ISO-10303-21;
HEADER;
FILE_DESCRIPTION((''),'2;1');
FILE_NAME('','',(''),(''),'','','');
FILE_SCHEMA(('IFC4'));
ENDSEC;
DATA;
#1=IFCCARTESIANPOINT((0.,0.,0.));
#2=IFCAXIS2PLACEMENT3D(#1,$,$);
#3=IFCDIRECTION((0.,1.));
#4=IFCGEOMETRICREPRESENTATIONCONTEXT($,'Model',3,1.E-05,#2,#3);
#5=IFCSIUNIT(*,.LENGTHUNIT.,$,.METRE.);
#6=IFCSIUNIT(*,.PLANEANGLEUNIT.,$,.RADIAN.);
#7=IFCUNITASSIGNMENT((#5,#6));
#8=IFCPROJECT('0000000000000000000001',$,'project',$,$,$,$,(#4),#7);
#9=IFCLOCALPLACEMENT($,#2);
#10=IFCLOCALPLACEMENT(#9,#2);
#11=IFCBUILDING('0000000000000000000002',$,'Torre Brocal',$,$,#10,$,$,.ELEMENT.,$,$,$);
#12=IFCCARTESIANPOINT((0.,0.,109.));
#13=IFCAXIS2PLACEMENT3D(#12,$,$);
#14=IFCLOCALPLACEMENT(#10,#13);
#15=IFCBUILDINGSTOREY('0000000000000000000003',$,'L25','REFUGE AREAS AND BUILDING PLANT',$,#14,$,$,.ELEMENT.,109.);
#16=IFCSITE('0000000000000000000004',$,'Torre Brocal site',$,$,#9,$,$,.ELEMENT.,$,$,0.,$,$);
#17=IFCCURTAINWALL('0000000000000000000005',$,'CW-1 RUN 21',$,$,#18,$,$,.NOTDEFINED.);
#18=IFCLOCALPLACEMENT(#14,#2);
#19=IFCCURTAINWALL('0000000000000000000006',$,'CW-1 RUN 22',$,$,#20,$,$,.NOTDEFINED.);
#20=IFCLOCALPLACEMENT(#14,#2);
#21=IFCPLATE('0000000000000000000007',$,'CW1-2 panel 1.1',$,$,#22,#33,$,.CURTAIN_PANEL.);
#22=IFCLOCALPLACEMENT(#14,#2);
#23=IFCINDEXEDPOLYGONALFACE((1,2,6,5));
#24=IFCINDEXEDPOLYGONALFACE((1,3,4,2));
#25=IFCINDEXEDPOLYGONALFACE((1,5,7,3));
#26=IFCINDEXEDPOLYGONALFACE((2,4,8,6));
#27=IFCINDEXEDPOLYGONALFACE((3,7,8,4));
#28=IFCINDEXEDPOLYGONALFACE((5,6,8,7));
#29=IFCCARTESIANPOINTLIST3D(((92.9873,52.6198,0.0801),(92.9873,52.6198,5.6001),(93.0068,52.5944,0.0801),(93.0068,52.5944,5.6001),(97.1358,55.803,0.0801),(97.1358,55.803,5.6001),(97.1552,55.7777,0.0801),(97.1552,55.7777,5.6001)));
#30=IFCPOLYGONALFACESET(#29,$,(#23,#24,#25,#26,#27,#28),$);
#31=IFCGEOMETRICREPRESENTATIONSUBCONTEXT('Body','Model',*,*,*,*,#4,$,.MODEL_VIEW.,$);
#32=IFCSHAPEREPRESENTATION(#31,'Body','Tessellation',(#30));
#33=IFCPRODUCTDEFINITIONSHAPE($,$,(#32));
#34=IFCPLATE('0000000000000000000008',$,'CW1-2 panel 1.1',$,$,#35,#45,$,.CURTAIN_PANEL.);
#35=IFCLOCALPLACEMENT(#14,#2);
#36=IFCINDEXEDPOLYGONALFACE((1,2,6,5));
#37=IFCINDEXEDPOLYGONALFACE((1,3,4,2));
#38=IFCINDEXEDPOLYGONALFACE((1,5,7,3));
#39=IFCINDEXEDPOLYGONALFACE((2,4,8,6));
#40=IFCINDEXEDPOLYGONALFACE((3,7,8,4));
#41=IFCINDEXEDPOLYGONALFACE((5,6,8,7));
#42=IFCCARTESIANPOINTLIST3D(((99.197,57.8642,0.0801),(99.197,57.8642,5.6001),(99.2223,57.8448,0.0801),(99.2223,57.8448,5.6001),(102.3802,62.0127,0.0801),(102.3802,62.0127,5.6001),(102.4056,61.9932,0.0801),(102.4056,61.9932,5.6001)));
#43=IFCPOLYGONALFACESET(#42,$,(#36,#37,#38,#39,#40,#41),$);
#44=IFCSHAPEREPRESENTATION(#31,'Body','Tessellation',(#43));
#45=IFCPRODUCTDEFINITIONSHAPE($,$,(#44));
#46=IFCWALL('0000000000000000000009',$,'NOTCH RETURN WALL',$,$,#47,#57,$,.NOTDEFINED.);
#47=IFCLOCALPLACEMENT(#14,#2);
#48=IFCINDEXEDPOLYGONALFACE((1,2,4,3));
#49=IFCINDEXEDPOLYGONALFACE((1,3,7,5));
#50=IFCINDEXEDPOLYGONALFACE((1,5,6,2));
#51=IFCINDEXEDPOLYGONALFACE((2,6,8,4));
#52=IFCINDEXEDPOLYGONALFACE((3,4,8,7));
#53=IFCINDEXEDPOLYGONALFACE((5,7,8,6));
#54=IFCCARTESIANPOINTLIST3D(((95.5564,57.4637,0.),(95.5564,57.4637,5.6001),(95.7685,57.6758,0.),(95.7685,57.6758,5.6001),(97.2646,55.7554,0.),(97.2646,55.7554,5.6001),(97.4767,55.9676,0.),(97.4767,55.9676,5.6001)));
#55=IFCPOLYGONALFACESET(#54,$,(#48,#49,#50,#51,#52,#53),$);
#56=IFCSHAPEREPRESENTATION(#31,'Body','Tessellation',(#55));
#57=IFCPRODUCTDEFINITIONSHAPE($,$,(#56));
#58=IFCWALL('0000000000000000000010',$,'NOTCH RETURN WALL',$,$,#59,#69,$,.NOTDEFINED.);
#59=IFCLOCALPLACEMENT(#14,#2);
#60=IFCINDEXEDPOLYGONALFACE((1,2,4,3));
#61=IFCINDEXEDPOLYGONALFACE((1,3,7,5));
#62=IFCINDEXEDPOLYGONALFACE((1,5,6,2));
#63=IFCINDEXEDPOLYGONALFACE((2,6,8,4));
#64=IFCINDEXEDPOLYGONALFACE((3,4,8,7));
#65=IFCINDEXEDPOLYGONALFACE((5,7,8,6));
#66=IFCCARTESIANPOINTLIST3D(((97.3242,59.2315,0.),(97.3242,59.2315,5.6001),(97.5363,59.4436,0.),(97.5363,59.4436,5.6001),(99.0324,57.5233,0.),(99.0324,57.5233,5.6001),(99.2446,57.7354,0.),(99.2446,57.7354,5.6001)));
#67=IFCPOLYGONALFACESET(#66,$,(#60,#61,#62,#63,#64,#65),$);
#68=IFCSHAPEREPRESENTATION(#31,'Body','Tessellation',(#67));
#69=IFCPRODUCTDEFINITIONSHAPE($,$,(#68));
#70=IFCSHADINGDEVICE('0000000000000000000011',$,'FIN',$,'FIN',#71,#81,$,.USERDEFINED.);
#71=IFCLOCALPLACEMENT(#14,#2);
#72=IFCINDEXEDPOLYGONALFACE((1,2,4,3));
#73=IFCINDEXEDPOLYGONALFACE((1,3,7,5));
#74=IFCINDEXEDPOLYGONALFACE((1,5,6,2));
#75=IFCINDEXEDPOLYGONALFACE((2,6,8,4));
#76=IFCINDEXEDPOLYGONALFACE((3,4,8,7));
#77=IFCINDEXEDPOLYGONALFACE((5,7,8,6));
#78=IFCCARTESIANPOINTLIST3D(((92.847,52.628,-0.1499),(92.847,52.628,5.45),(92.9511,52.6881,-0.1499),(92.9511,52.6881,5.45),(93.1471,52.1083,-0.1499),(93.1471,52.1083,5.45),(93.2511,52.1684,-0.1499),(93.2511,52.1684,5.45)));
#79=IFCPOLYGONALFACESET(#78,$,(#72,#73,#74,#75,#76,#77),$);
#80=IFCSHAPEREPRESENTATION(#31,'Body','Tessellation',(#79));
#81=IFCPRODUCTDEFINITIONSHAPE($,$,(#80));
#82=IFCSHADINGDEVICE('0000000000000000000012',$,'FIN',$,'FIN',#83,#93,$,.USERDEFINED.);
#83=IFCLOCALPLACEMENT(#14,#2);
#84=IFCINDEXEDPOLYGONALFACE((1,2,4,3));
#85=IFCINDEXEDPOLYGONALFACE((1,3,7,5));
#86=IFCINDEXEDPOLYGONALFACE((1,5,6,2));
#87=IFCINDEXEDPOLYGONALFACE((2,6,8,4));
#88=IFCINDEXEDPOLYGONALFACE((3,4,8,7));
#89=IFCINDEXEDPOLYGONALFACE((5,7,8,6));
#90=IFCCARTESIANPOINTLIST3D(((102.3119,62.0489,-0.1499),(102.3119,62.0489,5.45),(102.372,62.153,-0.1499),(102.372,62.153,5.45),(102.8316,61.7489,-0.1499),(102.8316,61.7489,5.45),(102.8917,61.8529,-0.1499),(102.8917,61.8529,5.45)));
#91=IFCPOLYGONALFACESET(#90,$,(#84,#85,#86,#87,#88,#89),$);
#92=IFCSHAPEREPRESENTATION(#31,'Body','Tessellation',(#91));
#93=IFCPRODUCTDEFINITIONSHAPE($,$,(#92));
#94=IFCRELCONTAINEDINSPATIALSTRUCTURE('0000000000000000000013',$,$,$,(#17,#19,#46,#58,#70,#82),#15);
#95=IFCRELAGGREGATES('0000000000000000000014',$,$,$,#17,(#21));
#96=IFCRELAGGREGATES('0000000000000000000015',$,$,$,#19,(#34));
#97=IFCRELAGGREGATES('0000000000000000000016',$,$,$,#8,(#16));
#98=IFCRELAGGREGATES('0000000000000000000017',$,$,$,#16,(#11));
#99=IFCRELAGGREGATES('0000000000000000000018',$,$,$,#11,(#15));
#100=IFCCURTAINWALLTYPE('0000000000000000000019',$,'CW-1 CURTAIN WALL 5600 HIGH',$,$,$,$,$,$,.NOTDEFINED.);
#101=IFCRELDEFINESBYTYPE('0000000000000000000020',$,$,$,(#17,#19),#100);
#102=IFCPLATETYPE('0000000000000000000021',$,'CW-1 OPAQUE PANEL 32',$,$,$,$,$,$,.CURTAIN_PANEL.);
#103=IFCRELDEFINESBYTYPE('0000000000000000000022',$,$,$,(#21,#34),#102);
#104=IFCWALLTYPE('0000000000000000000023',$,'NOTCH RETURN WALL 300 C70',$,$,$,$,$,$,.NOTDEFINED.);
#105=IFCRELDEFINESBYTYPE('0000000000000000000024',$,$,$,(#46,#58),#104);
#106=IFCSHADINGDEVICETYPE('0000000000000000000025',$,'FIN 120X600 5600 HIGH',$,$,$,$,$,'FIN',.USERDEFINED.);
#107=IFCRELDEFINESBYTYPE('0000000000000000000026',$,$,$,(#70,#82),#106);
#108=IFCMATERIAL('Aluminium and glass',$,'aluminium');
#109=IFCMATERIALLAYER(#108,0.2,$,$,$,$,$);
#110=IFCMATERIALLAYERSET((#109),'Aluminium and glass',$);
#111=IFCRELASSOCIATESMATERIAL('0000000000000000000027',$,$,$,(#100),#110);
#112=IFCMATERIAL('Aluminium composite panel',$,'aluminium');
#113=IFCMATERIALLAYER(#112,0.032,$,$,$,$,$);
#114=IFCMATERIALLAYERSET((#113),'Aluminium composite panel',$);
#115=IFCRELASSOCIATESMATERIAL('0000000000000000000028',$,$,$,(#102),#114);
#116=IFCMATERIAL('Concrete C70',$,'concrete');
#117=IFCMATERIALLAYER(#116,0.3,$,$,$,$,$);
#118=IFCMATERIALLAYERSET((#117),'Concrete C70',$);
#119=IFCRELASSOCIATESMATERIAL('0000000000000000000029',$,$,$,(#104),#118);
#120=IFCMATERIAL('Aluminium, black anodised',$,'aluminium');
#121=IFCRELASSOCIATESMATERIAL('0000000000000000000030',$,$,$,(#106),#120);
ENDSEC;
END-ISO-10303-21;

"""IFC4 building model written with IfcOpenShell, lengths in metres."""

from ifc_helpers import new_model, si_unit, direction, frame, frame_2d, origin, origin_2d, place, context, subcontext, project, spatial, rectangle, extrude, material, layer, layer_set, material_profile, profile_set, type_object, element, aggregate, save


model = new_model("IFC4")

# Units and contexts
model_context = context("Model", 3, precision=1e-05, world=origin(), true_north=direction((0.0, 1.0)))
body_context = subcontext(model_context, "Body", "Model", "MODEL_VIEW")
ifc_project = project(units=[si_unit("LENGTHUNIT", "METRE"), si_unit("PLANEANGLEUNIT", "RADIAN")], contexts=[model_context])

# Site, building, storey
site_placement = place(None, origin())
site = spatial("IfcSite", under=ifc_project, at=site_placement, Name="Torre Brocal site", CompositionType="ELEMENT", RefElevation=0.0)
building_placement = place(site_placement, origin())
building = spatial("IfcBuilding", under=site, at=building_placement, Name="Torre Brocal", CompositionType="ELEMENT")
storey_placement = place(building_placement, frame((0.0, 0.0, 109.0)))
storey = spatial("IfcBuildingStorey", under=building, at=storey_placement, Name="L25", Description="REFUGE AREAS AND BUILDING PLANT", CompositionType="ELEMENT", Elevation=109.0)

# Shared definitions
ifc_material_1 = material(Name="Aluminium and glass", Category="aluminium")
ifc_layer_1 = layer(ifc_material_1, 0.2)
ifc_layer_set_1 = layer_set([ifc_layer_1], Name="Aluminium and glass")
curtain_wall_type = type_object("IfcCurtainWallType", Name="CW-1 CURTAIN WALL 5600 HIGH", PredefinedType="NOTDEFINED", material=ifc_layer_set_1)

# Curtain walls
curtain_wall_1_placement = place(storey_placement, origin())
curtain_wall_1 = element("IfcCurtainWall", 1, at=curtain_wall_1_placement, inside=storey, type_object=curtain_wall_type, Name="CW-1 RUN 21", PredefinedType="NOTDEFINED")
curtain_wall_2_placement = place(storey_placement, origin())
curtain_wall_2 = element("IfcCurtainWall", 2, at=curtain_wall_2_placement, inside=storey, type_object=curtain_wall_type, Name="CW-1 RUN 22", PredefinedType="NOTDEFINED")

# Plates
ifc_material_2 = material(Name="Aluminium composite panel", Category="aluminium")
ifc_layer_2 = layer(ifc_material_2, 0.032)
ifc_layer_set_2 = layer_set([ifc_layer_2], Name="Aluminium composite panel")
plate_type = type_object("IfcPlateType", Name="CW-1 OPAQUE PANEL 32", PredefinedType="CURTAIN_PANEL", material=ifc_layer_set_2)
plate_1_placement = place(storey_placement, frame((95.0713, 54.1987, 0.0801), z_axis=(0.0, 0.0, 1.0), x_axis=(0.793353, 0.608761, 0.0)))
plate_1 = element("IfcPlate", 3, at=plate_1_placement, type_object=plate_type, Name="CW1-2 panel 1.1", PredefinedType="CURTAIN_PANEL", context=body_context, shape_type="SweptSolid", body=[
    extrude(rectangle(XDim=5.229, YDim=0.032, at=origin_2d()), origin(), (0.0, 0.0, 1.0), 5.52),
])
aggregate(curtain_wall_1, [plate_1])
plate_2_placement = place(storey_placement, frame((100.8013, 59.9287, 0.0801), z_axis=(0.0, 0.0, 1.0), x_axis=(0.608761, 0.793353, 0.0)))
plate_2 = element("IfcPlate", 4, at=plate_2_placement, type_object=plate_type, Name="CW1-2 panel 1.1", PredefinedType="CURTAIN_PANEL", context=body_context, shape_type="SweptSolid", body=[
    extrude(rectangle(XDim=5.229, YDim=0.032, at=origin_2d()), origin(), (0.0, 0.0, 1.0), 5.52),
])
aggregate(curtain_wall_2, [plate_2])

# Walls
ifc_material_3 = material(Name="Concrete C70", Category="concrete")
ifc_layer_3 = layer(ifc_material_3, 0.3)
ifc_layer_set_3 = layer_set([ifc_layer_3], Name="Concrete C70")
wall_type = type_object("IfcWallType", Name="NOTCH RETURN WALL 300 C70", PredefinedType="NOTDEFINED", material=ifc_layer_set_3)
for number, where, z_axis, x_axis, name in (
    (5, (95.6624, 57.5698, 0.0), (0.0, 0.0, 1.0), (0.707107, -0.707107, 0.0), "NOTCH RETURN WALL"),
    (6, (97.4302, 59.3376, 0.0), (0.0, 0.0, 1.0), (0.707107, -0.707107, 0.0), "NOTCH RETURN WALL"),
):
    element("IfcWall", number, at=place(storey_placement, frame(where, z_axis=z_axis, x_axis=x_axis)), inside=storey, type_object=wall_type, Name=name, PredefinedType="NOTDEFINED", context=body_context, shape_type="SweptSolid", body=[
        extrude(rectangle(XDim=2.4158, YDim=0.3, at=frame_2d((1.208, 0.0))), origin(), (0.0, 0.0, 1.0), 5.6001),
    ])

# Shading devices
ifc_material_4 = material(Name="Aluminium, black anodised", Category="aluminium")
ifc_material_profile_1 = material_profile(ifc_material_4, rectangle(XDim=0.1201, YDim=0.6001, at=origin_2d()), Name="FIN 120X600 5600 HIGH")
ifc_profile_set_1 = profile_set([ifc_material_profile_1], Name="Aluminium, black anodised")
shading_device_type = type_object("IfcShadingDeviceType", Name="FIN 120X600 5600 HIGH", ElementType="FIN", PredefinedType="USERDEFINED", material=ifc_profile_set_1)
for number, where, z_axis, x_axis, name in (
    (7, (93.0491, 52.3982, -0.1499), (0.0, 0.0, 1.0), (0.866025, 0.5, 0.0), "FIN"),
    (8, (102.6018, 61.9509, -0.1499), (0.0, 0.0, 1.0), (0.5, 0.866025, 0.0), "FIN"),
):
    element("IfcShadingDevice", number, at=place(storey_placement, frame(where, z_axis=z_axis, x_axis=x_axis)), inside=storey, type_object=shading_device_type, Name=name, ObjectType="FIN", PredefinedType="USERDEFINED", context=body_context, shape_type="SweptSolid", body=[
        extrude(rectangle(XDim=0.1201, YDim=0.6001, at=origin_2d()), origin(), (0.0, 0.0, 1.0), 5.5999),
    ])

save(model, "model.ifc")
